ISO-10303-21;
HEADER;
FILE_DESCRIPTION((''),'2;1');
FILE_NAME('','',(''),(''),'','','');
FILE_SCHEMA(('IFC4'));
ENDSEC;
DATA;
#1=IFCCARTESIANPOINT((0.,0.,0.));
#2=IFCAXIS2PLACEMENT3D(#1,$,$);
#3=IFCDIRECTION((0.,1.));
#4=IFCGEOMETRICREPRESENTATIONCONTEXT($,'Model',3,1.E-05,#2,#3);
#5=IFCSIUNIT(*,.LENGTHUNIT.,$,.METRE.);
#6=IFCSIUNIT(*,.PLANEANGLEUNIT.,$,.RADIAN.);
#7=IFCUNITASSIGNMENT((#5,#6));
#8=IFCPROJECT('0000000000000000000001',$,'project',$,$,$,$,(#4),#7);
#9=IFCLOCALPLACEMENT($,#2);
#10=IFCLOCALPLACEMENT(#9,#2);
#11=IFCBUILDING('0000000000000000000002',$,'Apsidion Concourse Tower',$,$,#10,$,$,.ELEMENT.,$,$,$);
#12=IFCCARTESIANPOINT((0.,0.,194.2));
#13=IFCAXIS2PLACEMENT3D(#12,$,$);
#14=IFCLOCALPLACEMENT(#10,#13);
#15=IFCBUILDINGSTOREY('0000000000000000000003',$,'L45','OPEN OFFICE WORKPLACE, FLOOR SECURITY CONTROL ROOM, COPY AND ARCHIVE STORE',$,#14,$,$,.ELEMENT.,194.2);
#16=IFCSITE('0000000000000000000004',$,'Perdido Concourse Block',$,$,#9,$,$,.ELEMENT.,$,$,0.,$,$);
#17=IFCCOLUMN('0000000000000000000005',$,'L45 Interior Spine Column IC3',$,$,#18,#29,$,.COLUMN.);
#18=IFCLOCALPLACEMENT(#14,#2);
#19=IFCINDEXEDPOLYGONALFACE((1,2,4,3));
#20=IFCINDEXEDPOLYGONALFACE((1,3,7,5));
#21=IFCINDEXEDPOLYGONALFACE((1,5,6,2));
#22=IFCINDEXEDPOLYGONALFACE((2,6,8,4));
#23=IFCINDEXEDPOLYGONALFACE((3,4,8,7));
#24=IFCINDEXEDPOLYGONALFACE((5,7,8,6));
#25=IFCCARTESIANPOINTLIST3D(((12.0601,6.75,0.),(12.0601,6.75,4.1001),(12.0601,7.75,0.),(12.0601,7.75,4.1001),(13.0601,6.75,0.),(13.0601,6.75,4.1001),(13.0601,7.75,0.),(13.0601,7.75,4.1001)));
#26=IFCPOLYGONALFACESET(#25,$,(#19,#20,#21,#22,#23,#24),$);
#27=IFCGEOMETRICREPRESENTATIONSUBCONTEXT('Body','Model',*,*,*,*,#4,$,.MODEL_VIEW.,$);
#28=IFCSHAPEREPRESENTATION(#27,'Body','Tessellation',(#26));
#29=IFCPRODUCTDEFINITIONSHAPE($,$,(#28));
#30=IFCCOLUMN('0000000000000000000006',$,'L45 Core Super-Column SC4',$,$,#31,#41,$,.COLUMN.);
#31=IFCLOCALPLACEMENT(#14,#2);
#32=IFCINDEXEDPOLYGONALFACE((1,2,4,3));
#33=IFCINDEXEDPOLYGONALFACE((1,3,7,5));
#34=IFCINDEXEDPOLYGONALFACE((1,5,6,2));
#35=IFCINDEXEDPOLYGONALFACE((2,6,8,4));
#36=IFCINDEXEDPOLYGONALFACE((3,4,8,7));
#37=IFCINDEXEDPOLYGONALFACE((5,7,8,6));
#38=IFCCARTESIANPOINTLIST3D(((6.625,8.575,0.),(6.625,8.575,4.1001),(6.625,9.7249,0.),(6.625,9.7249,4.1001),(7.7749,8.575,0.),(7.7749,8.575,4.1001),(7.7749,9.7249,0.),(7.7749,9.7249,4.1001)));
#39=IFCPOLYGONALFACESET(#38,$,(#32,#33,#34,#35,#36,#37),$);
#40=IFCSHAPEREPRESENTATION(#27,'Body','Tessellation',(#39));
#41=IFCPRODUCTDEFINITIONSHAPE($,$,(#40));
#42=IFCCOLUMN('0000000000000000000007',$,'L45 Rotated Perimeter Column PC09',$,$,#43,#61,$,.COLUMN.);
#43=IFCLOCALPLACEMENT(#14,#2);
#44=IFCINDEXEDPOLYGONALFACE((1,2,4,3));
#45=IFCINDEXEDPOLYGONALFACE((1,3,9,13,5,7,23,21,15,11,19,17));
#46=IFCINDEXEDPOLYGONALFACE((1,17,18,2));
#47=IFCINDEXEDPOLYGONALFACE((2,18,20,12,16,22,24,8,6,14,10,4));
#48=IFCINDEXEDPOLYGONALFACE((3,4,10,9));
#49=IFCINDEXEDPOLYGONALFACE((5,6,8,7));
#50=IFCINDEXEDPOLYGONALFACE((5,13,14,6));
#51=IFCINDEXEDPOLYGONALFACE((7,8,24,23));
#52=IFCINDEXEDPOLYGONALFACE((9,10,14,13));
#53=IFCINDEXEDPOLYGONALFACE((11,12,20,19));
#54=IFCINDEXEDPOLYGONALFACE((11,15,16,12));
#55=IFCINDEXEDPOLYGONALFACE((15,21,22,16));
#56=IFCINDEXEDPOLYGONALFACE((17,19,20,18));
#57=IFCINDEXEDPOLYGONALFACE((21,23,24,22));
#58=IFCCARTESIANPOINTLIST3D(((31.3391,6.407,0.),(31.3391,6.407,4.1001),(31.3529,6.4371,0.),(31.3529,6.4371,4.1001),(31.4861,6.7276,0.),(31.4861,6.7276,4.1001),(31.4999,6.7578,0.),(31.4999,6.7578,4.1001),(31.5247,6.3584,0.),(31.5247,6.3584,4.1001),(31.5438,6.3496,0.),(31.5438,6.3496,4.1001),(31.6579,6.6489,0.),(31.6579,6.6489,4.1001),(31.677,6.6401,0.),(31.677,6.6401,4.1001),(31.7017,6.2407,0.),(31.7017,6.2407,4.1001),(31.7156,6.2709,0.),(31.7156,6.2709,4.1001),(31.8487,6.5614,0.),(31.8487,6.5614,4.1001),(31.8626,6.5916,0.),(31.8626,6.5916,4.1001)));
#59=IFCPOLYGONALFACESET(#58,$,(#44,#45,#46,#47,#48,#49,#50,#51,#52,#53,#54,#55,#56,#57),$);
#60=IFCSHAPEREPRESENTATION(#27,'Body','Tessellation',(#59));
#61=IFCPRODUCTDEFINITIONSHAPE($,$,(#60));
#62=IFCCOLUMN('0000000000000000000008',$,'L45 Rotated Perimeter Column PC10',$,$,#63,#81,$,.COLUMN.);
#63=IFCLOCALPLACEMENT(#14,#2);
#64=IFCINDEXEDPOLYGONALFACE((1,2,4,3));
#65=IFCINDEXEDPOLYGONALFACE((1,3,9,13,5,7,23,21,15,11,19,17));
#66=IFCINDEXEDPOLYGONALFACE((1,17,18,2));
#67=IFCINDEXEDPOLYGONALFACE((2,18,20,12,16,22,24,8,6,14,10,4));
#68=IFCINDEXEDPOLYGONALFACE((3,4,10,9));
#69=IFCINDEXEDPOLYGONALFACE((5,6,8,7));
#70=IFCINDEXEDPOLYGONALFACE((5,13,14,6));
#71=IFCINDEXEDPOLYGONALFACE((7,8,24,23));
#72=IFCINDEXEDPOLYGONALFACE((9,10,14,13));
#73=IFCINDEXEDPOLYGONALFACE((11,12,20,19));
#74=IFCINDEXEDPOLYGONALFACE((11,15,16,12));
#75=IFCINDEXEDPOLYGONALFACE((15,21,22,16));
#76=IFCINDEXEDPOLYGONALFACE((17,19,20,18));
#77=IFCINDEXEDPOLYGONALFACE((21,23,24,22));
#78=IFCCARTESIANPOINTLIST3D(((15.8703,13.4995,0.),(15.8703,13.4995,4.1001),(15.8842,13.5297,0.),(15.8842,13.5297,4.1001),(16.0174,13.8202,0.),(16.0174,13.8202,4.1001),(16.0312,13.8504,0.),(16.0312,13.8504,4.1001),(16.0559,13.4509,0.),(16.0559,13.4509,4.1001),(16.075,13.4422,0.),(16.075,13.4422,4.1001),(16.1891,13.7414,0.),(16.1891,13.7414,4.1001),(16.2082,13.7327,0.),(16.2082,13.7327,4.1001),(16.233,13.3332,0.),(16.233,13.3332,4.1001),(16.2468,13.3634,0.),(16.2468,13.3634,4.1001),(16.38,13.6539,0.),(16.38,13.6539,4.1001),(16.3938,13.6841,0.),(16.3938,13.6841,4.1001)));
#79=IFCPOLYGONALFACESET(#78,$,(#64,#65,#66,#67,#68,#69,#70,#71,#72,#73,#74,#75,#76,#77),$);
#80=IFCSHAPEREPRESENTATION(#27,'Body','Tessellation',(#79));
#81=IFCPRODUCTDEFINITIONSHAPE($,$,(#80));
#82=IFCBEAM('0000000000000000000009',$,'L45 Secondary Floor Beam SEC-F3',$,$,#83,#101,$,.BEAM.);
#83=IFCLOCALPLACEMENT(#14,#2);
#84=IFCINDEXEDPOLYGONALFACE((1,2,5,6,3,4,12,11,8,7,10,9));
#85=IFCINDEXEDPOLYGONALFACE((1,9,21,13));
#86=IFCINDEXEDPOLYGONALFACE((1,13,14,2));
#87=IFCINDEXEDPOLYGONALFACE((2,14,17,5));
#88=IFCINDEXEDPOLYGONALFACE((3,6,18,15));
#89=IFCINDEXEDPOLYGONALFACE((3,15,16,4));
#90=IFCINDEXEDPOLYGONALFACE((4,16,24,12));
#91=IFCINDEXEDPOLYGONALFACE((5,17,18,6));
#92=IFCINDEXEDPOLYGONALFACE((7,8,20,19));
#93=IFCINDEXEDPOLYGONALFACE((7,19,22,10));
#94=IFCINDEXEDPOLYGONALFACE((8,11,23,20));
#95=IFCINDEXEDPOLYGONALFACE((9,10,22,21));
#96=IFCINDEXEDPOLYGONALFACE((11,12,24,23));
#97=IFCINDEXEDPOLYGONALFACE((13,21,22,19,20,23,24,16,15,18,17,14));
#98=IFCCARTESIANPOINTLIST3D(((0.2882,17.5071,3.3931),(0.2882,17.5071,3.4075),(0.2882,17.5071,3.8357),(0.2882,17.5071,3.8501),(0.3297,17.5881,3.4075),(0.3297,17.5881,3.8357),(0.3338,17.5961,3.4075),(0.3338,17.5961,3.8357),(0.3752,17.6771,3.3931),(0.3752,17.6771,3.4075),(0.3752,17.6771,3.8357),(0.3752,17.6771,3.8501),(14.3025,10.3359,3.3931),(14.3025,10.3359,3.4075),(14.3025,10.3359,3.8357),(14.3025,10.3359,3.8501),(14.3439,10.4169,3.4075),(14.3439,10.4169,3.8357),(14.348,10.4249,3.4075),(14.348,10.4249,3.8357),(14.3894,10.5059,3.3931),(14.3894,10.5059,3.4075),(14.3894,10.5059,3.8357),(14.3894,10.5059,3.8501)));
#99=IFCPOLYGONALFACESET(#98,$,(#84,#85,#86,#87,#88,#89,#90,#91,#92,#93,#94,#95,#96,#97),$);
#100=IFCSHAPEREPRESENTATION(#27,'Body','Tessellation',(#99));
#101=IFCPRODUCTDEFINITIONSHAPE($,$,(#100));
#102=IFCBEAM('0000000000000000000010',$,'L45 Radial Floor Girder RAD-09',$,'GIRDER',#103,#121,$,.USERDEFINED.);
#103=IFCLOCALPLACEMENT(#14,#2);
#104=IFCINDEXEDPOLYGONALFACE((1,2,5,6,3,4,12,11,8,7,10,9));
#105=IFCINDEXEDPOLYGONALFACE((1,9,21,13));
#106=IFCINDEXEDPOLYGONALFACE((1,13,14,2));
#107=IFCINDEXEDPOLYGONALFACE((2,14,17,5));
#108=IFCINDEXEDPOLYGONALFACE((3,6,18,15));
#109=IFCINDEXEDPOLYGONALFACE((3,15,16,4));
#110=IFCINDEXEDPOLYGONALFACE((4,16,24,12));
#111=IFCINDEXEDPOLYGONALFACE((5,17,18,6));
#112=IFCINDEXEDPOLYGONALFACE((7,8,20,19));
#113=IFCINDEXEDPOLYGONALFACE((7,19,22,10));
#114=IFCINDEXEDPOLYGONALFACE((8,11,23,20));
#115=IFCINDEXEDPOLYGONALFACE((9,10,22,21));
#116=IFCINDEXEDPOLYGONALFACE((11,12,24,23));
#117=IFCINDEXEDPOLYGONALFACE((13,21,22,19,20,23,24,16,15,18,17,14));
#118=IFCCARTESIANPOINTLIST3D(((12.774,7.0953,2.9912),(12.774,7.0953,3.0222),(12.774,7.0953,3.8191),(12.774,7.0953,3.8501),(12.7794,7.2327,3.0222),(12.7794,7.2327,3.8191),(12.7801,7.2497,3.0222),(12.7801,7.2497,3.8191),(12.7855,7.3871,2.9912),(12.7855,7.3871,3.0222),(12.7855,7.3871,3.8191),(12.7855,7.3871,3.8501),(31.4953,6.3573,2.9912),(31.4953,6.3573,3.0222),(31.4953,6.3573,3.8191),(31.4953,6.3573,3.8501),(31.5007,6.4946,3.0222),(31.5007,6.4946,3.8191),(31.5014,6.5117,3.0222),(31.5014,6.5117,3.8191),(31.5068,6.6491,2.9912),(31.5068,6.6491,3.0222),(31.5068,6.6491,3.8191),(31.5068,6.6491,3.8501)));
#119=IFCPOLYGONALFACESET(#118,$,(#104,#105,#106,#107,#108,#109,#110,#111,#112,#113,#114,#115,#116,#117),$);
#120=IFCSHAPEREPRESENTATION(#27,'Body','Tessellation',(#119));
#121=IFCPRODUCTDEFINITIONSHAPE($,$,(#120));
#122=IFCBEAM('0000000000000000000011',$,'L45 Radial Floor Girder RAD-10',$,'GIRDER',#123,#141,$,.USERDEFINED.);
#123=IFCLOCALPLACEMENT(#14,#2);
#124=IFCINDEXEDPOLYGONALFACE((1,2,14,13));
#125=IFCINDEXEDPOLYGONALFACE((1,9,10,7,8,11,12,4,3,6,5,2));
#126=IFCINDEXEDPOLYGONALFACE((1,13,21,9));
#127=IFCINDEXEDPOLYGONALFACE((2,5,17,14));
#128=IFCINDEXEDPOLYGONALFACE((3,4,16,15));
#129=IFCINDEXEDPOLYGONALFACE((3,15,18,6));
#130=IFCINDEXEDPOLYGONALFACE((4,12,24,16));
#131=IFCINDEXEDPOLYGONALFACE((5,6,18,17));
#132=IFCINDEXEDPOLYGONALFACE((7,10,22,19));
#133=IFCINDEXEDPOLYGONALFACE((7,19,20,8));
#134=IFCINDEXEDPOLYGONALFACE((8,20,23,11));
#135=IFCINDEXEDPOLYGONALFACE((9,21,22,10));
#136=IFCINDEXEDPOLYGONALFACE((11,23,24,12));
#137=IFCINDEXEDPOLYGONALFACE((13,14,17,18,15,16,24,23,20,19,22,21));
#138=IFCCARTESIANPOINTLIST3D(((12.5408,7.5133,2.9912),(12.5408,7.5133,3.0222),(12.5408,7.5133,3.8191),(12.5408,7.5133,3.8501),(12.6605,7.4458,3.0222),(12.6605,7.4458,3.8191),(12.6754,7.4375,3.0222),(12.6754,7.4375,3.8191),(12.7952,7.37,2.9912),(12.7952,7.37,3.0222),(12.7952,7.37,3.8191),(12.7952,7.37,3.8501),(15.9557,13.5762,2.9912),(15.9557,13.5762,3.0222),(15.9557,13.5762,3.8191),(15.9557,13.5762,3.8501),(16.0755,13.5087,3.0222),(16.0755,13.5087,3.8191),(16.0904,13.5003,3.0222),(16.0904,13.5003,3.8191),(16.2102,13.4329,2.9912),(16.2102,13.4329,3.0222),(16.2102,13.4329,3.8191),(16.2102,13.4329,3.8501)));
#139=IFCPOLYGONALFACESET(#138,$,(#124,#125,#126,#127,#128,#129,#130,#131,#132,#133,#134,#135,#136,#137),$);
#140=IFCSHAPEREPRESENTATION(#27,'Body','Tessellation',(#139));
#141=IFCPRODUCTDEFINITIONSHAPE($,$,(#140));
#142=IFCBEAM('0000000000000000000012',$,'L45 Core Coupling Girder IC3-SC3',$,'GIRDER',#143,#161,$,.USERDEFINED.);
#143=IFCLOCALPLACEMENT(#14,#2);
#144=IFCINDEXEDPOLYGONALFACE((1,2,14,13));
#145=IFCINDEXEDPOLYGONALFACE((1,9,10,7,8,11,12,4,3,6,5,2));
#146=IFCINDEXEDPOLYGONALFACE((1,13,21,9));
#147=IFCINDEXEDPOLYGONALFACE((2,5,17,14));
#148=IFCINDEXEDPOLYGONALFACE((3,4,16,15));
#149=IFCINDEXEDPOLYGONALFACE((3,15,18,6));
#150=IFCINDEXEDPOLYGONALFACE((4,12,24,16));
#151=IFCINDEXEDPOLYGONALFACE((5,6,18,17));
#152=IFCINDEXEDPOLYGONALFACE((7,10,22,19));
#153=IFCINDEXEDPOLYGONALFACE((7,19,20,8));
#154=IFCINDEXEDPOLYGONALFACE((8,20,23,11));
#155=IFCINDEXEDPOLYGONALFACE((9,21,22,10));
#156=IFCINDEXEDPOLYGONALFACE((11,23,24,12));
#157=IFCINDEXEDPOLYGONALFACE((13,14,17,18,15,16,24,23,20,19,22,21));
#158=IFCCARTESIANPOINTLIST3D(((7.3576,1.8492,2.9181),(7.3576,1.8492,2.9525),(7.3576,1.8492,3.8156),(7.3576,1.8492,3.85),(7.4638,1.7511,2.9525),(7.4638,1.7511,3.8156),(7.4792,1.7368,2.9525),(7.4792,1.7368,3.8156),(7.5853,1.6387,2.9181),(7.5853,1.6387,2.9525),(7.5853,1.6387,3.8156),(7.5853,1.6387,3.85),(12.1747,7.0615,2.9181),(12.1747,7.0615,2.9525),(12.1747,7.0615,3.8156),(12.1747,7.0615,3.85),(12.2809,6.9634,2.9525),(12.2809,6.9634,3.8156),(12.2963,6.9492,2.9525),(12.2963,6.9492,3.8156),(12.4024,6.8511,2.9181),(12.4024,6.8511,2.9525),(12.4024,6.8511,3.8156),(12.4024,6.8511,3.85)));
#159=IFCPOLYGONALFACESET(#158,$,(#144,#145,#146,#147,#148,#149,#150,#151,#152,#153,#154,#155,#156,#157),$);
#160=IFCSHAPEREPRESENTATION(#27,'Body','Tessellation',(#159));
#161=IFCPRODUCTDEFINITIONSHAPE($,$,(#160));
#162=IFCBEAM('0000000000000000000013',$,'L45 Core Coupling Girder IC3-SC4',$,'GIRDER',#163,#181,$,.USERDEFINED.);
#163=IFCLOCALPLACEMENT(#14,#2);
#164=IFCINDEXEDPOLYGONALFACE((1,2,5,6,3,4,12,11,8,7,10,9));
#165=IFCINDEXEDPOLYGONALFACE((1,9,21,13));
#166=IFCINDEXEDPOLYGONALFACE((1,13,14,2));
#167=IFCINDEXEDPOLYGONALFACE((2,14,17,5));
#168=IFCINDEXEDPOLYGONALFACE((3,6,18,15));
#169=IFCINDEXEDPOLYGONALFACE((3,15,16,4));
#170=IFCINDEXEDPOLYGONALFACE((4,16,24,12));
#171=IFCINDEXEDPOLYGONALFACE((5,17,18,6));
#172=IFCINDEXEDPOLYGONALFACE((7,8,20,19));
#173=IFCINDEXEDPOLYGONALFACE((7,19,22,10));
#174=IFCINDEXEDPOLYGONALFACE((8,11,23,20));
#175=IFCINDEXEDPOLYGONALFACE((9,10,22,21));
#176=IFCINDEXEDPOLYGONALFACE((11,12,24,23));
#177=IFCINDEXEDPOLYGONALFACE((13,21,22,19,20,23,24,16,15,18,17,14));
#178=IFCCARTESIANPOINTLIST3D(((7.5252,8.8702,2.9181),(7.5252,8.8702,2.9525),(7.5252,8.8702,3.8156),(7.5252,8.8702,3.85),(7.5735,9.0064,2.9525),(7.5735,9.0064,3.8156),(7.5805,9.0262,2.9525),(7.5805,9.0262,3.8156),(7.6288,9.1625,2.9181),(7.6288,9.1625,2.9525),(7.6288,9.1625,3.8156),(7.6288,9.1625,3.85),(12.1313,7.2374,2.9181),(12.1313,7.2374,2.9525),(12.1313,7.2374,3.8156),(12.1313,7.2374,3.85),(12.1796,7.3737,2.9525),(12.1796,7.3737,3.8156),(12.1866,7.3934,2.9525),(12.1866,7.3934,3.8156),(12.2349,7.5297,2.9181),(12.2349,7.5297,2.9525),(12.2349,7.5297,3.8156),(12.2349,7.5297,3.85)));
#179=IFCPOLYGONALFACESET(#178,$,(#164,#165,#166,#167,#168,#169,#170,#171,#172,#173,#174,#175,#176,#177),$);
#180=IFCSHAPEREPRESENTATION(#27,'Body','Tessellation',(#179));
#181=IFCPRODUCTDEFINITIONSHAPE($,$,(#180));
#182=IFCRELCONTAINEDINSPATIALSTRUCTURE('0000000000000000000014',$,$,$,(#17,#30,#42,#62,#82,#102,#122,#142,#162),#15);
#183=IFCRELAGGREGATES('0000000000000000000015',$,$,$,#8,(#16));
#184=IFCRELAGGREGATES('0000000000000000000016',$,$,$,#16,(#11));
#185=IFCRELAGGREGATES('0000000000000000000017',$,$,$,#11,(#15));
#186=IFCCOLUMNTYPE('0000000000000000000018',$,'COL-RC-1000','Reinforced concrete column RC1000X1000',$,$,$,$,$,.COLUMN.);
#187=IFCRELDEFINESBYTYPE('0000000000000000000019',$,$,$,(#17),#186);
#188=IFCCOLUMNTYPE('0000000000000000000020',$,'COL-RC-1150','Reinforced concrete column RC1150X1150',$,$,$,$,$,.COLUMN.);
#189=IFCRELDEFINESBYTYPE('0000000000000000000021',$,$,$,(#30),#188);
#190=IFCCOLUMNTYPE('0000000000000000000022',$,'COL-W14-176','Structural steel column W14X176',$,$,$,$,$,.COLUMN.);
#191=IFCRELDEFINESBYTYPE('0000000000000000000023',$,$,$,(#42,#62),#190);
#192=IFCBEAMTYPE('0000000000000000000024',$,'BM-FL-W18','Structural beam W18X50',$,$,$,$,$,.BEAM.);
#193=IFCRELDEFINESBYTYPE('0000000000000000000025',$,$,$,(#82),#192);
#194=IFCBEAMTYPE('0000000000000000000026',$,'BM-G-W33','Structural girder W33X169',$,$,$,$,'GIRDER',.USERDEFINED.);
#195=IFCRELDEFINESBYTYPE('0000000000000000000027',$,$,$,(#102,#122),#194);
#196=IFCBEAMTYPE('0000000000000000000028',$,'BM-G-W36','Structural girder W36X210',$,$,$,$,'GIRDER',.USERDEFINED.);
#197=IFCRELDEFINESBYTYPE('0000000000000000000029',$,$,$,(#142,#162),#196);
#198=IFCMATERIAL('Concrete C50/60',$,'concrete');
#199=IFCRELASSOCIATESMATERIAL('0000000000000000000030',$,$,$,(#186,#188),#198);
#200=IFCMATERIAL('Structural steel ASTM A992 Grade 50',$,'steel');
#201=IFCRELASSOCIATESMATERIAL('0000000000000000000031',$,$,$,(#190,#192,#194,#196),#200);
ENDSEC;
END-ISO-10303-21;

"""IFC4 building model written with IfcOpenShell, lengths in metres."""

from ifc_helpers import new_model, si_unit, direction, frame, origin, origin_2d, place, context, subcontext, project, spatial, rectangle, i_section, extrude, material, material_profile, profile_set, type_object, element, save


model = new_model("IFC4")

# Units and contexts
model_context = context("Model", 3, precision=1e-05, world=origin(), true_north=direction((0.0, 1.0)))
body_context = subcontext(model_context, "Body", "Model", "MODEL_VIEW")
ifc_project = project(units=[si_unit("LENGTHUNIT", "METRE"), si_unit("PLANEANGLEUNIT", "RADIAN")], contexts=[model_context])

# Site, building, storey
site_placement = place(None, origin())
site = spatial("IfcSite", under=ifc_project, at=site_placement, Name="Perdido Concourse Block", CompositionType="ELEMENT", RefElevation=0.0)
building_placement = place(site_placement, origin())
building = spatial("IfcBuilding", under=site, at=building_placement, Name="Apsidion Concourse Tower", CompositionType="ELEMENT")
storey_placement = place(building_placement, frame((0.0, 0.0, 194.2)))
storey = spatial("IfcBuildingStorey", under=building, at=storey_placement, Name="L45", Description="OPEN OFFICE WORKPLACE, FLOOR SECURITY CONTROL ROOM, COPY AND ARCHIVE STORE", CompositionType="ELEMENT", Elevation=194.2)

# Columns
ifc_material_1 = material(Name="Concrete C50/60", Category="concrete")
ifc_material_profile_1 = material_profile(ifc_material_1, rectangle(XDim=1.0, YDim=1.0, at=origin_2d()), Name="RC 1000x1000")
ifc_profile_set_1 = profile_set([ifc_material_profile_1], Name="Concrete C50/60")
column_type_1 = type_object("IfcColumnType", Name="COL-RC-1000", Description="Reinforced concrete column RC1000X1000", PredefinedType="COLUMN", material=ifc_profile_set_1)
column_1_placement = place(storey_placement, frame((12.5601, 7.25, 0.0), z_axis=(0.0, 0.0, 1.0), x_axis=(1.0, 0.0, 0.0)))
element("IfcColumn", 1, at=column_1_placement, inside=storey, type_object=column_type_1, Name="L45 Interior Spine Column IC3", PredefinedType="COLUMN", context=body_context, shape_type="SweptSolid", body=[
    extrude(rectangle(XDim=1.0, YDim=1.0, at=origin_2d()), origin(), (0.0, 0.0, 1.0), 4.1001),
])
ifc_material_profile_2 = material_profile(ifc_material_1, rectangle(XDim=1.1499, YDim=1.1499, at=origin_2d()), Name="RC 1150x1150")
ifc_profile_set_2 = profile_set([ifc_material_profile_2], Name="Concrete C50/60")
column_type_2 = type_object("IfcColumnType", Name="COL-RC-1150", Description="Reinforced concrete column RC1150X1150", PredefinedType="COLUMN", material=ifc_profile_set_2)
column_2_placement = place(storey_placement, frame((7.2, 9.1499, 0.0), z_axis=(0.0, 0.0, 1.0), x_axis=(1.0, 0.0, 0.0)))
element("IfcColumn", 2, at=column_2_placement, inside=storey, type_object=column_type_2, Name="L45 Core Super-Column SC4", PredefinedType="COLUMN", context=body_context, shape_type="SweptSolid", body=[
    extrude(rectangle(XDim=1.1499, YDim=1.1499, at=origin_2d()), origin(), (0.0, 0.0, 1.0), 4.1001),
])
ifc_material_2 = material(Name="Structural steel ASTM A992 Grade 50", Category="steel")
ifc_material_profile_3 = material_profile(ifc_material_2, i_section(OverallWidth=0.3989, OverallDepth=0.386, WebThickness=0.021, FlangeThickness=0.0332, at=origin_2d()), Name="W14X176")
ifc_profile_set_3 = profile_set([ifc_material_profile_3], Name="Structural steel ASTM A992 Grade 50")
column_type_3 = type_object("IfcColumnType", Name="COL-W14-176", Description="Structural steel column W14X176", PredefinedType="COLUMN", material=ifc_profile_set_3)
for number, where, z_axis, x_axis, name in (
    (3, (31.6008, 6.4993, 0.0), (0.0, 0.0, 1.0), (-0.909018, 0.416757, 0.0), "L45 Rotated Perimeter Column PC09"),
    (4, (16.1321, 13.5918, 0.0), (0.0, 0.0, 1.0), (-0.909018, 0.416757, 0.0), "L45 Rotated Perimeter Column PC10"),
):
    element("IfcColumn", number, at=place(storey_placement, frame(where, z_axis=z_axis, x_axis=x_axis)), inside=storey, type_object=column_type_3, Name=name, PredefinedType="COLUMN", context=body_context, shape_type="SweptSolid", body=[
        extrude(i_section(OverallWidth=0.3989, OverallDepth=0.386, WebThickness=0.021, FlangeThickness=0.0332, at=origin_2d()), origin(), (0.0, 0.0, 1.0), 4.1001),
    ])

# Beams
ifc_material_profile_4 = material_profile(ifc_material_2, i_section(OverallWidth=0.1909, OverallDepth=0.457, WebThickness=0.009, FlangeThickness=0.0144, at=origin_2d()), Name="W18X50")
ifc_profile_set_4 = profile_set([ifc_material_profile_4], Name="Structural steel ASTM A992 Grade 50")
beam_type_1 = type_object("IfcBeamType", Name="BM-FL-W18", Description="Structural beam W18X50", PredefinedType="BEAM", material=ifc_profile_set_4)
beam_1_placement = place(storey_placement, frame((14.3459, 10.4209, 3.6216), z_axis=(-0.89022, 0.455532, 0.0), x_axis=(-0.455532, -0.89022, 0.0)))
element("IfcBeam", 5, at=beam_1_placement, inside=storey, type_object=beam_type_1, Name="L45 Secondary Floor Beam SEC-F3", PredefinedType="BEAM", context=body_context, shape_type="SweptSolid", body=[
    extrude(i_section(OverallWidth=0.1909, OverallDepth=0.457, WebThickness=0.009, FlangeThickness=0.0144, at=origin_2d()), origin(), (0.0, 0.0, 1.0), 15.7424),
])
ifc_material_profile_5 = material_profile(ifc_material_2, i_section(OverallWidth=0.292, OverallDepth=0.8589, WebThickness=0.0171, FlangeThickness=0.031, at=origin_2d()), Name="W33X169")
ifc_profile_set_5 = profile_set([ifc_material_profile_5], Name="Structural steel ASTM A992 Grade 50")
beam_type_2 = type_object("IfcBeamType", Name="BM-G-W33", Description="Structural girder W33X169", ElementType="GIRDER", PredefinedType="USERDEFINED", material=ifc_profile_set_5)
beam_2_placement = place(storey_placement, frame((12.7798, 7.2412, 3.4207), z_axis=(0.999224, -0.039392, 0.0), x_axis=(0.039392, 0.999224, 0.0)))
element("IfcBeam", 6, at=beam_2_placement, inside=storey, type_object=beam_type_2, Name="L45 Radial Floor Girder RAD-09", ObjectType="GIRDER", PredefinedType="USERDEFINED", context=body_context, shape_type="SweptSolid", body=[
    extrude(i_section(OverallWidth=0.292, OverallDepth=0.8589, WebThickness=0.0171, FlangeThickness=0.031, at=origin_2d()), origin(), (0.0, 0.0, 1.0), 18.7358),
])
beam_3_placement = place(storey_placement, frame((12.668, 7.4417, 3.4207), z_axis=(0.490764, 0.871292, 0.0), x_axis=(-0.871292, 0.490764, 0.0)))
element("IfcBeam", 7, at=beam_3_placement, inside=storey, type_object=beam_type_2, Name="L45 Radial Floor Girder RAD-10", ObjectType="GIRDER", PredefinedType="USERDEFINED", context=body_context, shape_type="SweptSolid", body=[
    extrude(i_section(OverallWidth=0.292, OverallDepth=0.8589, WebThickness=0.0171, FlangeThickness=0.031, at=origin_2d()), origin(), (0.0, 0.0, 1.0), 6.9585),
])
ifc_material_profile_6 = material_profile(ifc_material_2, i_section(OverallWidth=0.3101, OverallDepth=0.9319, WebThickness=0.021, FlangeThickness=0.0344, at=origin_2d()), Name="W36X210")
ifc_profile_set_6 = profile_set([ifc_material_profile_6], Name="Structural steel ASTM A992 Grade 50")
beam_type_3 = type_object("IfcBeamType", Name="BM-G-W36", Description="Structural girder W36X210", ElementType="GIRDER", PredefinedType="USERDEFINED", material=ifc_profile_set_6)
beam_4_placement = place(storey_placement, frame((12.2886, 6.9563, 3.384), z_axis=(-0.678713, -0.734404, 0.0), x_axis=(0.734404, -0.678713, 0.0)))
element("IfcBeam", 8, at=beam_4_placement, inside=storey, type_object=beam_type_3, Name="L45 Core Coupling Girder IC3-SC3", ObjectType="GIRDER", PredefinedType="USERDEFINED", context=body_context, shape_type="SweptSolid", body=[
    extrude(i_section(OverallWidth=0.3101, OverallDepth=0.9319, WebThickness=0.021, FlangeThickness=0.0344, at=origin_2d()), origin(), (0.0, 0.0, 1.0), 7.0974),
])
beam_5_placement = place(storey_placement, frame((12.1831, 7.3835, 3.384), z_axis=(-0.942534, 0.334111, 0.0), x_axis=(-0.334111, -0.942534, 0.0)))
element("IfcBeam", 9, at=beam_5_placement, inside=storey, type_object=beam_type_3, Name="L45 Core Coupling Girder IC3-SC4", ObjectType="GIRDER", PredefinedType="USERDEFINED", context=body_context, shape_type="SweptSolid", body=[
    extrude(i_section(OverallWidth=0.3101, OverallDepth=0.9319, WebThickness=0.021, FlangeThickness=0.0344, at=origin_2d()), origin(), (0.0, 0.0, 1.0), 4.887),
])

save(model, "model.ifc")
